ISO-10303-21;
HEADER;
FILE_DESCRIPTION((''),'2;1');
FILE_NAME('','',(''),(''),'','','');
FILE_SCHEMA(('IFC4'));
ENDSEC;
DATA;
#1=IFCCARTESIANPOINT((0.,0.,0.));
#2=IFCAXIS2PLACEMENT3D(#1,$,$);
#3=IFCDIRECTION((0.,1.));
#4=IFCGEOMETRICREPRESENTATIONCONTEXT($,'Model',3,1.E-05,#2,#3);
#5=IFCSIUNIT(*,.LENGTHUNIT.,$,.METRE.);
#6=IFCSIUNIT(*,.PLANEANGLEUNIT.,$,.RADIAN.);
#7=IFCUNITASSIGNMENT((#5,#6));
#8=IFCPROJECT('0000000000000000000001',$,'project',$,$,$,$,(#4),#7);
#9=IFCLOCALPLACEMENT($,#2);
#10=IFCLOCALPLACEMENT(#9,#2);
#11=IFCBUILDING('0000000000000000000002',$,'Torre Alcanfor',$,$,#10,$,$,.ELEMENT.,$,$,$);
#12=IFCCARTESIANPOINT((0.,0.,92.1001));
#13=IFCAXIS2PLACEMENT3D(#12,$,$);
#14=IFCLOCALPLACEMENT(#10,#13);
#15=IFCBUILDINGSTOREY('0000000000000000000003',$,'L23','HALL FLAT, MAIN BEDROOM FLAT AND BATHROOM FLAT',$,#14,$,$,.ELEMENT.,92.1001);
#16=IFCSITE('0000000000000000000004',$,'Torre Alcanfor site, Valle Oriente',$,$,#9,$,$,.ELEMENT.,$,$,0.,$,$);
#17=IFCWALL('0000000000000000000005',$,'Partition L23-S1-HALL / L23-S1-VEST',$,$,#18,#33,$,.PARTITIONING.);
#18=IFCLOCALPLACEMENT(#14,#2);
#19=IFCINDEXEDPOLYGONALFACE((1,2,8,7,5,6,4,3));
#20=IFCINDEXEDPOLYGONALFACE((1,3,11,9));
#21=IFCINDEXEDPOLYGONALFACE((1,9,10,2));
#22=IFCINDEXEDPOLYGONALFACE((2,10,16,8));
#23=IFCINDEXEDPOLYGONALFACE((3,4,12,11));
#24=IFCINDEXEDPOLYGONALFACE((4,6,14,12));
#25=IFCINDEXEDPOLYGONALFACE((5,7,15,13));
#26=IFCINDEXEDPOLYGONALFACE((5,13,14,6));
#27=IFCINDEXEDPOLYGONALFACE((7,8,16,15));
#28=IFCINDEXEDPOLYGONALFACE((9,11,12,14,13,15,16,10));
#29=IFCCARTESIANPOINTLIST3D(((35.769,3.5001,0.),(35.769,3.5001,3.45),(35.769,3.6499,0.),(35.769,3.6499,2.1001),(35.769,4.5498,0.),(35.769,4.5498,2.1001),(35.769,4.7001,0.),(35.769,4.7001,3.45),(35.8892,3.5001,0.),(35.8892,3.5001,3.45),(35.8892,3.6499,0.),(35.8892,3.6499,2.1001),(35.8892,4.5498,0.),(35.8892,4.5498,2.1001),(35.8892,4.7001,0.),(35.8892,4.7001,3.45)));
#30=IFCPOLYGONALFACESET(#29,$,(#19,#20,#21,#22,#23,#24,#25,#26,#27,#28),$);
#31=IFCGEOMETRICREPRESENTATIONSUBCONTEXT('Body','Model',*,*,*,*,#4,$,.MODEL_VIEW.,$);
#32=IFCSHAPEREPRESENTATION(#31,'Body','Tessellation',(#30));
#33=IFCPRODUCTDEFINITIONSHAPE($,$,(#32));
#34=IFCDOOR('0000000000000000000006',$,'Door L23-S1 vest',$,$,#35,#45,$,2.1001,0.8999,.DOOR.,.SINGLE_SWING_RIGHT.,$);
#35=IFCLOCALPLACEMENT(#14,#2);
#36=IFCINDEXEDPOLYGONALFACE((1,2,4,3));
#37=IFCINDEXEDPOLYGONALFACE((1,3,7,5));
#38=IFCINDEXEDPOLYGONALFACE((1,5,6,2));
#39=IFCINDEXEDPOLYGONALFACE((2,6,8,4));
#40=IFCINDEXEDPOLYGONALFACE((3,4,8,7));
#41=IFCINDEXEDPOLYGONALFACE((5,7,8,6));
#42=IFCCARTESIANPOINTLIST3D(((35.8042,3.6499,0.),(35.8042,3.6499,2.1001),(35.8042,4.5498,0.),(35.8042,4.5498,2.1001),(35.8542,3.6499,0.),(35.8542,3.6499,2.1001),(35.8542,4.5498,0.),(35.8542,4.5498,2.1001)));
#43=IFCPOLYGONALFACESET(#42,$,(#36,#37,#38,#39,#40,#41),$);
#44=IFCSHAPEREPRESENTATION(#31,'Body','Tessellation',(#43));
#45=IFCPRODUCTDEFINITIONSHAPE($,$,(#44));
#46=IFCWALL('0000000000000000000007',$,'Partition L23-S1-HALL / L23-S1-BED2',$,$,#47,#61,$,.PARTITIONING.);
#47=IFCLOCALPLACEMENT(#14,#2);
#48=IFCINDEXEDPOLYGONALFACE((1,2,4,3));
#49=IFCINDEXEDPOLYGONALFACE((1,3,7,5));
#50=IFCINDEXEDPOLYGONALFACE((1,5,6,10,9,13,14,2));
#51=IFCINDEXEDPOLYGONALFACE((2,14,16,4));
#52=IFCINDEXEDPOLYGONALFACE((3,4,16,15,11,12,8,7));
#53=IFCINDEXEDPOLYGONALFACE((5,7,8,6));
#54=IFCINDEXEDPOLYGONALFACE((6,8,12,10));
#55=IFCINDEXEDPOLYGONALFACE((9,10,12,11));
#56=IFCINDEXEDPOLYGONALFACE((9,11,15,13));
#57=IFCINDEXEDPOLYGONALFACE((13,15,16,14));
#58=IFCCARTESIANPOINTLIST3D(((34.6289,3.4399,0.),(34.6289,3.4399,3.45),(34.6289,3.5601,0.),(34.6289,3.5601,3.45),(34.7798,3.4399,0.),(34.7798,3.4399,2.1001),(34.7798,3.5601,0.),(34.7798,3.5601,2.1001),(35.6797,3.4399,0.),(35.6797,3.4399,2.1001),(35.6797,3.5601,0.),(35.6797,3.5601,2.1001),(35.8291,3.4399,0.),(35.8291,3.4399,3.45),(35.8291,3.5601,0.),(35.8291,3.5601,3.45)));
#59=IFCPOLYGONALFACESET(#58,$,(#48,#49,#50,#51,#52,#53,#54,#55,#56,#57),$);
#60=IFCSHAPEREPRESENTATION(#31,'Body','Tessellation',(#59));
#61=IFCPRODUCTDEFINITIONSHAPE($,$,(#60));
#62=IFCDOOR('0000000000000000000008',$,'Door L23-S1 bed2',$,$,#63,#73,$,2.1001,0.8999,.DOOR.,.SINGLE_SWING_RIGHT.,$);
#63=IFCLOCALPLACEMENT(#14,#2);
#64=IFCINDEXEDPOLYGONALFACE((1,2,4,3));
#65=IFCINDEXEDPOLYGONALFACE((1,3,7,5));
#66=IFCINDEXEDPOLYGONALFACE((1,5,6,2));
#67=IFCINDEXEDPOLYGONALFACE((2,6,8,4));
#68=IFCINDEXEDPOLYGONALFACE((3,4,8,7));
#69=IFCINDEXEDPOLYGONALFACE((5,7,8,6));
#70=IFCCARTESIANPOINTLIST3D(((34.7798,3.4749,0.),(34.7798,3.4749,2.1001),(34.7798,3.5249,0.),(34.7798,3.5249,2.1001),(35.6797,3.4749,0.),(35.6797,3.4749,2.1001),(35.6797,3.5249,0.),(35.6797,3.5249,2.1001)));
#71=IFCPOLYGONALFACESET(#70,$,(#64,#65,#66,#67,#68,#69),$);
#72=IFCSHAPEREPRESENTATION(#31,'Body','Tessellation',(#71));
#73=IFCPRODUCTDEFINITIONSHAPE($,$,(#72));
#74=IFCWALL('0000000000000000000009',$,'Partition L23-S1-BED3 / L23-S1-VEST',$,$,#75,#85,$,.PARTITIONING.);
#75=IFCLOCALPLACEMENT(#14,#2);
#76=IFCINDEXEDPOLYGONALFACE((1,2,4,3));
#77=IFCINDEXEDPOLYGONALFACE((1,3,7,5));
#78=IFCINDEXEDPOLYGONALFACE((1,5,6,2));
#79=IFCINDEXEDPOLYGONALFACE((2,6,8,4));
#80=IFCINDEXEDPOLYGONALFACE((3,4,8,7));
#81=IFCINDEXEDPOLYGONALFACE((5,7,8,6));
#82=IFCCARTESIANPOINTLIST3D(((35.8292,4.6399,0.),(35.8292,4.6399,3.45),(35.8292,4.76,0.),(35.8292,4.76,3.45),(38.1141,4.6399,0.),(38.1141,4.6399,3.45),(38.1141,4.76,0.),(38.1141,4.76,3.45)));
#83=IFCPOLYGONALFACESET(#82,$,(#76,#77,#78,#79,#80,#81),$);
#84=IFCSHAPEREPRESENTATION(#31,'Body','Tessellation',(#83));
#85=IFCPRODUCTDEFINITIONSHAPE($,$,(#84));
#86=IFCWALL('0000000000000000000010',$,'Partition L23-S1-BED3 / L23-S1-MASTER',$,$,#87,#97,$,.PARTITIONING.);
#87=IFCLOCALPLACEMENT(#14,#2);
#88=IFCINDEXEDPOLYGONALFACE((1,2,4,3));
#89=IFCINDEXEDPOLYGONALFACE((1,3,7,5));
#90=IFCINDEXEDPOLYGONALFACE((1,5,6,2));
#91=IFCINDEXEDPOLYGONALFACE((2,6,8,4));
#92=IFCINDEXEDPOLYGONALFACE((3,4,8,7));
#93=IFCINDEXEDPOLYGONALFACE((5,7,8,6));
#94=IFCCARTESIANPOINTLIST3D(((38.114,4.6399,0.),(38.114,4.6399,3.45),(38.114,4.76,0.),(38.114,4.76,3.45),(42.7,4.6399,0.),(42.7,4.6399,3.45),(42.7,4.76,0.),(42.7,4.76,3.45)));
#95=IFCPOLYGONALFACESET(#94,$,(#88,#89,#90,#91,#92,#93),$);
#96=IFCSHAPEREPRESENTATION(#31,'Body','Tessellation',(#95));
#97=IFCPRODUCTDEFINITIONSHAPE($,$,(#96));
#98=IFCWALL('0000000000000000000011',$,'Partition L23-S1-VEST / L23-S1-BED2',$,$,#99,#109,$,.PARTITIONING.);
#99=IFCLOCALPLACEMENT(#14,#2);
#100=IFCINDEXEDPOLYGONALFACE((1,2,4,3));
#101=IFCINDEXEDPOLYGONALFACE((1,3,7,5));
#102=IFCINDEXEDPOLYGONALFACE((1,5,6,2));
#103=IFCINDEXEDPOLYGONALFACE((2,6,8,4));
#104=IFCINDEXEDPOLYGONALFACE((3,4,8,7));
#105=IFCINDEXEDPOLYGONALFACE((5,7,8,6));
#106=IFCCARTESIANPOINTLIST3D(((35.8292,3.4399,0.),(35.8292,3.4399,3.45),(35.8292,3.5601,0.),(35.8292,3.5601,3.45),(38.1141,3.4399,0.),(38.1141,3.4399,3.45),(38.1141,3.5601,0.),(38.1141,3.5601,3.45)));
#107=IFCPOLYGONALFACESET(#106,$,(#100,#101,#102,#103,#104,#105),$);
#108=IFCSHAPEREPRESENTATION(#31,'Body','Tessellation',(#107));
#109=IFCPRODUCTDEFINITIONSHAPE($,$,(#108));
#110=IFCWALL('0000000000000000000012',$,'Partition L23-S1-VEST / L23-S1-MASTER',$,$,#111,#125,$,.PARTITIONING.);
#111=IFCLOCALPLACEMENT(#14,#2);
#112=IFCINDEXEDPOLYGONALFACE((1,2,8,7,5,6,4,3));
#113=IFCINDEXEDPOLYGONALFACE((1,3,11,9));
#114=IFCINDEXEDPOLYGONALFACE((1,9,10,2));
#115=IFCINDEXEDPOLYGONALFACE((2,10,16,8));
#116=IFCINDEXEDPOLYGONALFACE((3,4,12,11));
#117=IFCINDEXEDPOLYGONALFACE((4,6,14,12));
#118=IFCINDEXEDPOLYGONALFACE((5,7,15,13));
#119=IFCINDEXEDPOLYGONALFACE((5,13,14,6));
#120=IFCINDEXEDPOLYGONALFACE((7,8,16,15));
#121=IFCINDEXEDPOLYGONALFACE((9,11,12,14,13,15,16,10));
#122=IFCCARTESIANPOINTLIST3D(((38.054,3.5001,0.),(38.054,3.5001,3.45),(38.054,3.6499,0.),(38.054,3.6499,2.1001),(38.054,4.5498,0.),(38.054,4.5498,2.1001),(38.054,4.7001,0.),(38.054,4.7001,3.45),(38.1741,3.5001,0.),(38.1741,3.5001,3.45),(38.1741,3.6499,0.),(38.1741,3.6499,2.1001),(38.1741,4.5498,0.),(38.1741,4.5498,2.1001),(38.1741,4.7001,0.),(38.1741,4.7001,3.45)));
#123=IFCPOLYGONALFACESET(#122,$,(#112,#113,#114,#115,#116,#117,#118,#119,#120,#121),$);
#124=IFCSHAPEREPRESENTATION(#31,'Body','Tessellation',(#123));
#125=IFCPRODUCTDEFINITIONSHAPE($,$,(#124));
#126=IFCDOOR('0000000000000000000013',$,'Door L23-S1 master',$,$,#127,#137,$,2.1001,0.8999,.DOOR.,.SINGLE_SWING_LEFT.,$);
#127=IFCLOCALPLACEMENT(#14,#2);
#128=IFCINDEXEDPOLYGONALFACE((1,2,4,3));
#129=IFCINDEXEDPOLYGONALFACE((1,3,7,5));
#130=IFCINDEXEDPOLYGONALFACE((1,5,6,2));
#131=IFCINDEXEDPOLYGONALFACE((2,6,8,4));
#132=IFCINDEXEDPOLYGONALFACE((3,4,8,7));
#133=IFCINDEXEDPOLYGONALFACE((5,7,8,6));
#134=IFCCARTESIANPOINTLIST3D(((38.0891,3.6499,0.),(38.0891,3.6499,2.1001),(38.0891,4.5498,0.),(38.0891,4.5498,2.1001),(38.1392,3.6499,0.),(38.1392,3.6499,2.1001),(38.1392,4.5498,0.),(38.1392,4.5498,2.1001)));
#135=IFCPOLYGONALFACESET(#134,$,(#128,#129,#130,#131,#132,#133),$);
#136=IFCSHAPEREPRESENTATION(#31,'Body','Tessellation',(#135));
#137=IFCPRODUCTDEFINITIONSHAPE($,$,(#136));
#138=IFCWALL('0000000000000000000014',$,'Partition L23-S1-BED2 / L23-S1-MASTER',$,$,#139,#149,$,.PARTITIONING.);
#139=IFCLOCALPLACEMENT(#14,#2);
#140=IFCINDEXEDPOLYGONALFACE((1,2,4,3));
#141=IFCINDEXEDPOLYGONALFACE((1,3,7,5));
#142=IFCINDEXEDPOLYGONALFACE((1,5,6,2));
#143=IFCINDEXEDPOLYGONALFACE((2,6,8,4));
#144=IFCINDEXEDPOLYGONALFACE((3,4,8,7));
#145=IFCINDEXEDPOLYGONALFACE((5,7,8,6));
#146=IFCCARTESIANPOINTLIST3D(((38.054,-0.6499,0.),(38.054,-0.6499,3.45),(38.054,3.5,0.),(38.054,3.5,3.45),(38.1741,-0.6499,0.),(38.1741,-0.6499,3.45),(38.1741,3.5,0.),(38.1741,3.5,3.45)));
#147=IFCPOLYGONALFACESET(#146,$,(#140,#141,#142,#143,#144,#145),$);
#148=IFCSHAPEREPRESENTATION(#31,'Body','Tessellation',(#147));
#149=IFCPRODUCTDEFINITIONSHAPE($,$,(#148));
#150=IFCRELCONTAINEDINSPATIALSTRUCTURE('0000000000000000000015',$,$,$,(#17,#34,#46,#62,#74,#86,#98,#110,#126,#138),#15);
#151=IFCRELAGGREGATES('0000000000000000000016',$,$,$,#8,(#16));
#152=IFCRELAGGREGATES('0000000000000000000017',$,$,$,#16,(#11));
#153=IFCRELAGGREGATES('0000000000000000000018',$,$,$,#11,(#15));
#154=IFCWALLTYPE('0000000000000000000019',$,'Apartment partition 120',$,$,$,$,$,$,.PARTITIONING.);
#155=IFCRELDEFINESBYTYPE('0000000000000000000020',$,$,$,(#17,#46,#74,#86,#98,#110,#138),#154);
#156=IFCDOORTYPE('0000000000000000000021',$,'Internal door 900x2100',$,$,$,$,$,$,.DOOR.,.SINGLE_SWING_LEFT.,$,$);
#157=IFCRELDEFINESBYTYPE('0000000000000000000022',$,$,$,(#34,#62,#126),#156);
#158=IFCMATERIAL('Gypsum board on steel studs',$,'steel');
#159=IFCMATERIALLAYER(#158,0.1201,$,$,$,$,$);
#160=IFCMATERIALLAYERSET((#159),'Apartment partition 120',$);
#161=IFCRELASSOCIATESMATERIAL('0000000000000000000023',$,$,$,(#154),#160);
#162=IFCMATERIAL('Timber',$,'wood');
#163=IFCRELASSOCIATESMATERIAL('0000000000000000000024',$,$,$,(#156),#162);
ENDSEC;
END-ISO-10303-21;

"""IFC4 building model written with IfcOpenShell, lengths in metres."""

from ifc_helpers import new_model, si_unit, direction, frame, frame_2d, origin, place, context, subcontext, project, spatial, rectangle, extrude, material, layer, layer_set, type_object, element, fill, save


model = new_model("IFC4")

# Units and contexts
model_context = context("Model", 3, precision=1e-05, world=origin(), true_north=direction((0.0, 1.0)))
body_context = subcontext(model_context, "Body", "Model", "MODEL_VIEW")
ifc_project = project(units=[si_unit("LENGTHUNIT", "METRE"), si_unit("PLANEANGLEUNIT", "RADIAN")], contexts=[model_context])

# Site, building, storey
site_placement = place(None, origin())
site = spatial("IfcSite", under=ifc_project, at=site_placement, Name="Torre Alcanfor site, Valle Oriente", CompositionType="ELEMENT", RefElevation=0.0)
building_placement = place(site_placement, origin())
building = spatial("IfcBuilding", under=site, at=building_placement, Name="Torre Alcanfor", CompositionType="ELEMENT")
storey_placement = place(building_placement, frame((0.0, 0.0, 92.1001)))
storey = spatial("IfcBuildingStorey", under=building, at=storey_placement, Name="L23", Description="HALL FLAT, MAIN BEDROOM FLAT AND BATHROOM FLAT", CompositionType="ELEMENT", Elevation=92.1001)

# Shared definitions
ifc_material_1 = material(Name="Gypsum board on steel studs", Category="steel")
ifc_layer_1 = layer(ifc_material_1, 0.1201)
ifc_layer_set_1 = layer_set([ifc_layer_1], Name="Apartment partition 120")
wall_type = type_object("IfcWallType", Name="Apartment partition 120", PredefinedType="PARTITIONING", material=ifc_layer_set_1)

# Shared definitions
ifc_material_2 = material(Name="Timber", Category="wood")
door_type = type_object("IfcDoorType", Name="Internal door 900x2100", OperationType="SINGLE_SWING_LEFT", PredefinedType="DOOR", material=ifc_material_2)

# Walls, openings, doors
wall_1_placement = place(storey_placement, frame((35.8291, 3.5, 0.0), z_axis=(0.0, 0.0, 1.0), x_axis=(0.0, 1.0, 0.0)))
wall_1 = element("IfcWall", 1, at=wall_1_placement, inside=storey, type_object=wall_type, Name="Partition L23-S1-HALL / L23-S1-VEST", PredefinedType="PARTITIONING", context=body_context, shape_type="SweptSolid", body=[
    extrude(rectangle(XDim=1.2, YDim=0.1201, at=frame_2d((0.6001, 0.0))), origin(), (0.0, 0.0, 1.0), 3.45),
])
opening_1_placement = place(wall_1_placement, frame((0.1499, 0.0, 0.0)))
opening_1 = element("IfcOpeningElement", 2, at=opening_1_placement, cuts=wall_1, PredefinedType="OPENING", context=body_context, shape_type="SweptSolid", body=[
    extrude(rectangle(XDim=0.8999, YDim=2.1001, at=frame_2d((0.45, 1.05))), frame((0.0, 0.0701, 0.0), z_axis=(0.0, -1.0, 0.0), x_axis=(1.0, 0.0, 0.0)), (0.0, 0.0, 1.0), 0.1401),
])
door_1_placement = place(opening_1_placement, frame((0.8999, 0.0, 0.0), z_axis=(0.0, 0.0, 1.0), x_axis=(-1.0, 0.0, 0.0)))
door_1 = element("IfcDoor", 3, at=door_1_placement, inside=storey, type_object=door_type, Name="Door L23-S1 vest", OperationType="SINGLE_SWING_RIGHT", OverallHeight=2.1001, OverallWidth=0.8999, PredefinedType="DOOR", context=body_context, shape_type="SweptSolid", body=[
    extrude(rectangle(XDim=0.8999, YDim=2.1001, at=frame_2d((0.45, 1.05))), frame((0.0, 0.0251, 0.0), z_axis=(0.0, -1.0, 0.0), x_axis=(1.0, 0.0, 0.0)), (0.0, 0.0, 1.0), 0.05),
])
fill(opening_1, door_1)
wall_2_placement = place(storey_placement, frame((34.6289, 3.5, 0.0), z_axis=(0.0, 0.0, 1.0), x_axis=(1.0, 0.0, 0.0)))
wall_2 = element("IfcWall", 4, at=wall_2_placement, inside=storey, type_object=wall_type, Name="Partition L23-S1-HALL / L23-S1-BED2", PredefinedType="PARTITIONING", context=body_context, shape_type="SweptSolid", body=[
    extrude(rectangle(XDim=1.2002, YDim=0.1201, at=frame_2d((0.6001, 0.0))), origin(), (0.0, 0.0, 1.0), 3.45),
])
opening_2_placement = place(wall_2_placement, frame((0.1509, 0.0, 0.0)))
opening_2 = element("IfcOpeningElement", 5, at=opening_2_placement, cuts=wall_2, PredefinedType="OPENING", context=body_context, shape_type="SweptSolid", body=[
    extrude(rectangle(XDim=0.8999, YDim=2.1001, at=frame_2d((0.45, 1.05))), frame((0.0, 0.0701, 0.0), z_axis=(0.0, -1.0, 0.0), x_axis=(1.0, 0.0, 0.0)), (0.0, 0.0, 1.0), 0.1401),
])
door_2_placement = place(opening_2_placement, frame((0.8999, 0.0, 0.0), z_axis=(0.0, 0.0, 1.0), x_axis=(-1.0, 0.0, 0.0)))
door_2 = element("IfcDoor", 6, at=door_2_placement, inside=storey, type_object=door_type, Name="Door L23-S1 bed2", OperationType="SINGLE_SWING_RIGHT", OverallHeight=2.1001, OverallWidth=0.8999, PredefinedType="DOOR", context=body_context, shape_type="SweptSolid", body=[
    extrude(rectangle(XDim=0.8999, YDim=2.1001, at=frame_2d((0.45, 1.05))), frame((0.0, 0.0251, 0.0), z_axis=(0.0, -1.0, 0.0), x_axis=(1.0, 0.0, 0.0)), (0.0, 0.0, 1.0), 0.05),
])
fill(opening_2, door_2)

# Walls
wall_3_placement = place(storey_placement, frame((35.8291, 4.7, 0.0), z_axis=(0.0, 0.0, 1.0), x_axis=(1.0, 0.0, 0.0)))
element("IfcWall", 7, at=wall_3_placement, inside=storey, type_object=wall_type, Name="Partition L23-S1-BED3 / L23-S1-VEST", PredefinedType="PARTITIONING", context=body_context, shape_type="SweptSolid", body=[
    extrude(rectangle(XDim=2.2849, YDim=0.1201, at=frame_2d((1.1426, 0.0))), origin(), (0.0, 0.0, 1.0), 3.45),
])
wall_4_placement = place(storey_placement, frame((38.114, 4.7, 0.0), z_axis=(0.0, 0.0, 1.0), x_axis=(1.0, 0.0, 0.0)))
element("IfcWall", 8, at=wall_4_placement, inside=storey, type_object=wall_type, Name="Partition L23-S1-BED3 / L23-S1-MASTER", PredefinedType="PARTITIONING", context=body_context, shape_type="SweptSolid", body=[
    extrude(rectangle(XDim=4.5859, YDim=0.1201, at=frame_2d((2.293, 0.0))), origin(), (0.0, 0.0, 1.0), 3.45),
])
wall_5_placement = place(storey_placement, frame((35.8291, 3.5, 0.0), z_axis=(0.0, 0.0, 1.0), x_axis=(1.0, 0.0, 0.0)))
element("IfcWall", 9, at=wall_5_placement, inside=storey, type_object=wall_type, Name="Partition L23-S1-VEST / L23-S1-BED2", PredefinedType="PARTITIONING", context=body_context, shape_type="SweptSolid", body=[
    extrude(rectangle(XDim=2.2849, YDim=0.1201, at=frame_2d((1.1426, 0.0))), origin(), (0.0, 0.0, 1.0), 3.45),
])

# Wall, opening, door
wall_6_placement = place(storey_placement, frame((38.114, 3.5, 0.0), z_axis=(0.0, 0.0, 1.0), x_axis=(0.0, 1.0, 0.0)))
wall_6 = element("IfcWall", 10, at=wall_6_placement, inside=storey, type_object=wall_type, Name="Partition L23-S1-VEST / L23-S1-MASTER", PredefinedType="PARTITIONING", context=body_context, shape_type="SweptSolid", body=[
    extrude(rectangle(XDim=1.2, YDim=0.1201, at=frame_2d((0.6001, 0.0))), origin(), (0.0, 0.0, 1.0), 3.45),
])
opening_3_placement = place(wall_6_placement, frame((0.1499, 0.0, 0.0)))
opening_3 = element("IfcOpeningElement", 11, at=opening_3_placement, cuts=wall_6, PredefinedType="OPENING", context=body_context, shape_type="SweptSolid", body=[
    extrude(rectangle(XDim=0.8999, YDim=2.1001, at=frame_2d((0.45, 1.05))), frame((0.0, 0.0701, 0.0), z_axis=(0.0, -1.0, 0.0), x_axis=(1.0, 0.0, 0.0)), (0.0, 0.0, 1.0), 0.1401),
])
door_3_placement = place(opening_3_placement, origin())
door_3 = element("IfcDoor", 12, at=door_3_placement, inside=storey, type_object=door_type, Name="Door L23-S1 master", OperationType="SINGLE_SWING_LEFT", OverallHeight=2.1001, OverallWidth=0.8999, PredefinedType="DOOR", context=body_context, shape_type="SweptSolid", body=[
    extrude(rectangle(XDim=0.8999, YDim=2.1001, at=frame_2d((0.45, 1.05))), frame((0.0, 0.0249, 0.0), z_axis=(0.0, -1.0, 0.0), x_axis=(1.0, 0.0, 0.0)), (0.0, 0.0, 1.0), 0.05),
])
fill(opening_3, door_3)

# Wall
wall_7_placement = place(storey_placement, frame((38.114, -0.6499, 0.0), z_axis=(0.0, 0.0, 1.0), x_axis=(0.0, 1.0, 0.0)))
element("IfcWall", 13, at=wall_7_placement, inside=storey, type_object=wall_type, Name="Partition L23-S1-BED2 / L23-S1-MASTER", PredefinedType="PARTITIONING", context=body_context, shape_type="SweptSolid", body=[
    extrude(rectangle(XDim=4.1499, YDim=0.1201, at=frame_2d((2.075, 0.0))), origin(), (0.0, 0.0, 1.0), 3.45),
])

save(model, "model.ifc")
